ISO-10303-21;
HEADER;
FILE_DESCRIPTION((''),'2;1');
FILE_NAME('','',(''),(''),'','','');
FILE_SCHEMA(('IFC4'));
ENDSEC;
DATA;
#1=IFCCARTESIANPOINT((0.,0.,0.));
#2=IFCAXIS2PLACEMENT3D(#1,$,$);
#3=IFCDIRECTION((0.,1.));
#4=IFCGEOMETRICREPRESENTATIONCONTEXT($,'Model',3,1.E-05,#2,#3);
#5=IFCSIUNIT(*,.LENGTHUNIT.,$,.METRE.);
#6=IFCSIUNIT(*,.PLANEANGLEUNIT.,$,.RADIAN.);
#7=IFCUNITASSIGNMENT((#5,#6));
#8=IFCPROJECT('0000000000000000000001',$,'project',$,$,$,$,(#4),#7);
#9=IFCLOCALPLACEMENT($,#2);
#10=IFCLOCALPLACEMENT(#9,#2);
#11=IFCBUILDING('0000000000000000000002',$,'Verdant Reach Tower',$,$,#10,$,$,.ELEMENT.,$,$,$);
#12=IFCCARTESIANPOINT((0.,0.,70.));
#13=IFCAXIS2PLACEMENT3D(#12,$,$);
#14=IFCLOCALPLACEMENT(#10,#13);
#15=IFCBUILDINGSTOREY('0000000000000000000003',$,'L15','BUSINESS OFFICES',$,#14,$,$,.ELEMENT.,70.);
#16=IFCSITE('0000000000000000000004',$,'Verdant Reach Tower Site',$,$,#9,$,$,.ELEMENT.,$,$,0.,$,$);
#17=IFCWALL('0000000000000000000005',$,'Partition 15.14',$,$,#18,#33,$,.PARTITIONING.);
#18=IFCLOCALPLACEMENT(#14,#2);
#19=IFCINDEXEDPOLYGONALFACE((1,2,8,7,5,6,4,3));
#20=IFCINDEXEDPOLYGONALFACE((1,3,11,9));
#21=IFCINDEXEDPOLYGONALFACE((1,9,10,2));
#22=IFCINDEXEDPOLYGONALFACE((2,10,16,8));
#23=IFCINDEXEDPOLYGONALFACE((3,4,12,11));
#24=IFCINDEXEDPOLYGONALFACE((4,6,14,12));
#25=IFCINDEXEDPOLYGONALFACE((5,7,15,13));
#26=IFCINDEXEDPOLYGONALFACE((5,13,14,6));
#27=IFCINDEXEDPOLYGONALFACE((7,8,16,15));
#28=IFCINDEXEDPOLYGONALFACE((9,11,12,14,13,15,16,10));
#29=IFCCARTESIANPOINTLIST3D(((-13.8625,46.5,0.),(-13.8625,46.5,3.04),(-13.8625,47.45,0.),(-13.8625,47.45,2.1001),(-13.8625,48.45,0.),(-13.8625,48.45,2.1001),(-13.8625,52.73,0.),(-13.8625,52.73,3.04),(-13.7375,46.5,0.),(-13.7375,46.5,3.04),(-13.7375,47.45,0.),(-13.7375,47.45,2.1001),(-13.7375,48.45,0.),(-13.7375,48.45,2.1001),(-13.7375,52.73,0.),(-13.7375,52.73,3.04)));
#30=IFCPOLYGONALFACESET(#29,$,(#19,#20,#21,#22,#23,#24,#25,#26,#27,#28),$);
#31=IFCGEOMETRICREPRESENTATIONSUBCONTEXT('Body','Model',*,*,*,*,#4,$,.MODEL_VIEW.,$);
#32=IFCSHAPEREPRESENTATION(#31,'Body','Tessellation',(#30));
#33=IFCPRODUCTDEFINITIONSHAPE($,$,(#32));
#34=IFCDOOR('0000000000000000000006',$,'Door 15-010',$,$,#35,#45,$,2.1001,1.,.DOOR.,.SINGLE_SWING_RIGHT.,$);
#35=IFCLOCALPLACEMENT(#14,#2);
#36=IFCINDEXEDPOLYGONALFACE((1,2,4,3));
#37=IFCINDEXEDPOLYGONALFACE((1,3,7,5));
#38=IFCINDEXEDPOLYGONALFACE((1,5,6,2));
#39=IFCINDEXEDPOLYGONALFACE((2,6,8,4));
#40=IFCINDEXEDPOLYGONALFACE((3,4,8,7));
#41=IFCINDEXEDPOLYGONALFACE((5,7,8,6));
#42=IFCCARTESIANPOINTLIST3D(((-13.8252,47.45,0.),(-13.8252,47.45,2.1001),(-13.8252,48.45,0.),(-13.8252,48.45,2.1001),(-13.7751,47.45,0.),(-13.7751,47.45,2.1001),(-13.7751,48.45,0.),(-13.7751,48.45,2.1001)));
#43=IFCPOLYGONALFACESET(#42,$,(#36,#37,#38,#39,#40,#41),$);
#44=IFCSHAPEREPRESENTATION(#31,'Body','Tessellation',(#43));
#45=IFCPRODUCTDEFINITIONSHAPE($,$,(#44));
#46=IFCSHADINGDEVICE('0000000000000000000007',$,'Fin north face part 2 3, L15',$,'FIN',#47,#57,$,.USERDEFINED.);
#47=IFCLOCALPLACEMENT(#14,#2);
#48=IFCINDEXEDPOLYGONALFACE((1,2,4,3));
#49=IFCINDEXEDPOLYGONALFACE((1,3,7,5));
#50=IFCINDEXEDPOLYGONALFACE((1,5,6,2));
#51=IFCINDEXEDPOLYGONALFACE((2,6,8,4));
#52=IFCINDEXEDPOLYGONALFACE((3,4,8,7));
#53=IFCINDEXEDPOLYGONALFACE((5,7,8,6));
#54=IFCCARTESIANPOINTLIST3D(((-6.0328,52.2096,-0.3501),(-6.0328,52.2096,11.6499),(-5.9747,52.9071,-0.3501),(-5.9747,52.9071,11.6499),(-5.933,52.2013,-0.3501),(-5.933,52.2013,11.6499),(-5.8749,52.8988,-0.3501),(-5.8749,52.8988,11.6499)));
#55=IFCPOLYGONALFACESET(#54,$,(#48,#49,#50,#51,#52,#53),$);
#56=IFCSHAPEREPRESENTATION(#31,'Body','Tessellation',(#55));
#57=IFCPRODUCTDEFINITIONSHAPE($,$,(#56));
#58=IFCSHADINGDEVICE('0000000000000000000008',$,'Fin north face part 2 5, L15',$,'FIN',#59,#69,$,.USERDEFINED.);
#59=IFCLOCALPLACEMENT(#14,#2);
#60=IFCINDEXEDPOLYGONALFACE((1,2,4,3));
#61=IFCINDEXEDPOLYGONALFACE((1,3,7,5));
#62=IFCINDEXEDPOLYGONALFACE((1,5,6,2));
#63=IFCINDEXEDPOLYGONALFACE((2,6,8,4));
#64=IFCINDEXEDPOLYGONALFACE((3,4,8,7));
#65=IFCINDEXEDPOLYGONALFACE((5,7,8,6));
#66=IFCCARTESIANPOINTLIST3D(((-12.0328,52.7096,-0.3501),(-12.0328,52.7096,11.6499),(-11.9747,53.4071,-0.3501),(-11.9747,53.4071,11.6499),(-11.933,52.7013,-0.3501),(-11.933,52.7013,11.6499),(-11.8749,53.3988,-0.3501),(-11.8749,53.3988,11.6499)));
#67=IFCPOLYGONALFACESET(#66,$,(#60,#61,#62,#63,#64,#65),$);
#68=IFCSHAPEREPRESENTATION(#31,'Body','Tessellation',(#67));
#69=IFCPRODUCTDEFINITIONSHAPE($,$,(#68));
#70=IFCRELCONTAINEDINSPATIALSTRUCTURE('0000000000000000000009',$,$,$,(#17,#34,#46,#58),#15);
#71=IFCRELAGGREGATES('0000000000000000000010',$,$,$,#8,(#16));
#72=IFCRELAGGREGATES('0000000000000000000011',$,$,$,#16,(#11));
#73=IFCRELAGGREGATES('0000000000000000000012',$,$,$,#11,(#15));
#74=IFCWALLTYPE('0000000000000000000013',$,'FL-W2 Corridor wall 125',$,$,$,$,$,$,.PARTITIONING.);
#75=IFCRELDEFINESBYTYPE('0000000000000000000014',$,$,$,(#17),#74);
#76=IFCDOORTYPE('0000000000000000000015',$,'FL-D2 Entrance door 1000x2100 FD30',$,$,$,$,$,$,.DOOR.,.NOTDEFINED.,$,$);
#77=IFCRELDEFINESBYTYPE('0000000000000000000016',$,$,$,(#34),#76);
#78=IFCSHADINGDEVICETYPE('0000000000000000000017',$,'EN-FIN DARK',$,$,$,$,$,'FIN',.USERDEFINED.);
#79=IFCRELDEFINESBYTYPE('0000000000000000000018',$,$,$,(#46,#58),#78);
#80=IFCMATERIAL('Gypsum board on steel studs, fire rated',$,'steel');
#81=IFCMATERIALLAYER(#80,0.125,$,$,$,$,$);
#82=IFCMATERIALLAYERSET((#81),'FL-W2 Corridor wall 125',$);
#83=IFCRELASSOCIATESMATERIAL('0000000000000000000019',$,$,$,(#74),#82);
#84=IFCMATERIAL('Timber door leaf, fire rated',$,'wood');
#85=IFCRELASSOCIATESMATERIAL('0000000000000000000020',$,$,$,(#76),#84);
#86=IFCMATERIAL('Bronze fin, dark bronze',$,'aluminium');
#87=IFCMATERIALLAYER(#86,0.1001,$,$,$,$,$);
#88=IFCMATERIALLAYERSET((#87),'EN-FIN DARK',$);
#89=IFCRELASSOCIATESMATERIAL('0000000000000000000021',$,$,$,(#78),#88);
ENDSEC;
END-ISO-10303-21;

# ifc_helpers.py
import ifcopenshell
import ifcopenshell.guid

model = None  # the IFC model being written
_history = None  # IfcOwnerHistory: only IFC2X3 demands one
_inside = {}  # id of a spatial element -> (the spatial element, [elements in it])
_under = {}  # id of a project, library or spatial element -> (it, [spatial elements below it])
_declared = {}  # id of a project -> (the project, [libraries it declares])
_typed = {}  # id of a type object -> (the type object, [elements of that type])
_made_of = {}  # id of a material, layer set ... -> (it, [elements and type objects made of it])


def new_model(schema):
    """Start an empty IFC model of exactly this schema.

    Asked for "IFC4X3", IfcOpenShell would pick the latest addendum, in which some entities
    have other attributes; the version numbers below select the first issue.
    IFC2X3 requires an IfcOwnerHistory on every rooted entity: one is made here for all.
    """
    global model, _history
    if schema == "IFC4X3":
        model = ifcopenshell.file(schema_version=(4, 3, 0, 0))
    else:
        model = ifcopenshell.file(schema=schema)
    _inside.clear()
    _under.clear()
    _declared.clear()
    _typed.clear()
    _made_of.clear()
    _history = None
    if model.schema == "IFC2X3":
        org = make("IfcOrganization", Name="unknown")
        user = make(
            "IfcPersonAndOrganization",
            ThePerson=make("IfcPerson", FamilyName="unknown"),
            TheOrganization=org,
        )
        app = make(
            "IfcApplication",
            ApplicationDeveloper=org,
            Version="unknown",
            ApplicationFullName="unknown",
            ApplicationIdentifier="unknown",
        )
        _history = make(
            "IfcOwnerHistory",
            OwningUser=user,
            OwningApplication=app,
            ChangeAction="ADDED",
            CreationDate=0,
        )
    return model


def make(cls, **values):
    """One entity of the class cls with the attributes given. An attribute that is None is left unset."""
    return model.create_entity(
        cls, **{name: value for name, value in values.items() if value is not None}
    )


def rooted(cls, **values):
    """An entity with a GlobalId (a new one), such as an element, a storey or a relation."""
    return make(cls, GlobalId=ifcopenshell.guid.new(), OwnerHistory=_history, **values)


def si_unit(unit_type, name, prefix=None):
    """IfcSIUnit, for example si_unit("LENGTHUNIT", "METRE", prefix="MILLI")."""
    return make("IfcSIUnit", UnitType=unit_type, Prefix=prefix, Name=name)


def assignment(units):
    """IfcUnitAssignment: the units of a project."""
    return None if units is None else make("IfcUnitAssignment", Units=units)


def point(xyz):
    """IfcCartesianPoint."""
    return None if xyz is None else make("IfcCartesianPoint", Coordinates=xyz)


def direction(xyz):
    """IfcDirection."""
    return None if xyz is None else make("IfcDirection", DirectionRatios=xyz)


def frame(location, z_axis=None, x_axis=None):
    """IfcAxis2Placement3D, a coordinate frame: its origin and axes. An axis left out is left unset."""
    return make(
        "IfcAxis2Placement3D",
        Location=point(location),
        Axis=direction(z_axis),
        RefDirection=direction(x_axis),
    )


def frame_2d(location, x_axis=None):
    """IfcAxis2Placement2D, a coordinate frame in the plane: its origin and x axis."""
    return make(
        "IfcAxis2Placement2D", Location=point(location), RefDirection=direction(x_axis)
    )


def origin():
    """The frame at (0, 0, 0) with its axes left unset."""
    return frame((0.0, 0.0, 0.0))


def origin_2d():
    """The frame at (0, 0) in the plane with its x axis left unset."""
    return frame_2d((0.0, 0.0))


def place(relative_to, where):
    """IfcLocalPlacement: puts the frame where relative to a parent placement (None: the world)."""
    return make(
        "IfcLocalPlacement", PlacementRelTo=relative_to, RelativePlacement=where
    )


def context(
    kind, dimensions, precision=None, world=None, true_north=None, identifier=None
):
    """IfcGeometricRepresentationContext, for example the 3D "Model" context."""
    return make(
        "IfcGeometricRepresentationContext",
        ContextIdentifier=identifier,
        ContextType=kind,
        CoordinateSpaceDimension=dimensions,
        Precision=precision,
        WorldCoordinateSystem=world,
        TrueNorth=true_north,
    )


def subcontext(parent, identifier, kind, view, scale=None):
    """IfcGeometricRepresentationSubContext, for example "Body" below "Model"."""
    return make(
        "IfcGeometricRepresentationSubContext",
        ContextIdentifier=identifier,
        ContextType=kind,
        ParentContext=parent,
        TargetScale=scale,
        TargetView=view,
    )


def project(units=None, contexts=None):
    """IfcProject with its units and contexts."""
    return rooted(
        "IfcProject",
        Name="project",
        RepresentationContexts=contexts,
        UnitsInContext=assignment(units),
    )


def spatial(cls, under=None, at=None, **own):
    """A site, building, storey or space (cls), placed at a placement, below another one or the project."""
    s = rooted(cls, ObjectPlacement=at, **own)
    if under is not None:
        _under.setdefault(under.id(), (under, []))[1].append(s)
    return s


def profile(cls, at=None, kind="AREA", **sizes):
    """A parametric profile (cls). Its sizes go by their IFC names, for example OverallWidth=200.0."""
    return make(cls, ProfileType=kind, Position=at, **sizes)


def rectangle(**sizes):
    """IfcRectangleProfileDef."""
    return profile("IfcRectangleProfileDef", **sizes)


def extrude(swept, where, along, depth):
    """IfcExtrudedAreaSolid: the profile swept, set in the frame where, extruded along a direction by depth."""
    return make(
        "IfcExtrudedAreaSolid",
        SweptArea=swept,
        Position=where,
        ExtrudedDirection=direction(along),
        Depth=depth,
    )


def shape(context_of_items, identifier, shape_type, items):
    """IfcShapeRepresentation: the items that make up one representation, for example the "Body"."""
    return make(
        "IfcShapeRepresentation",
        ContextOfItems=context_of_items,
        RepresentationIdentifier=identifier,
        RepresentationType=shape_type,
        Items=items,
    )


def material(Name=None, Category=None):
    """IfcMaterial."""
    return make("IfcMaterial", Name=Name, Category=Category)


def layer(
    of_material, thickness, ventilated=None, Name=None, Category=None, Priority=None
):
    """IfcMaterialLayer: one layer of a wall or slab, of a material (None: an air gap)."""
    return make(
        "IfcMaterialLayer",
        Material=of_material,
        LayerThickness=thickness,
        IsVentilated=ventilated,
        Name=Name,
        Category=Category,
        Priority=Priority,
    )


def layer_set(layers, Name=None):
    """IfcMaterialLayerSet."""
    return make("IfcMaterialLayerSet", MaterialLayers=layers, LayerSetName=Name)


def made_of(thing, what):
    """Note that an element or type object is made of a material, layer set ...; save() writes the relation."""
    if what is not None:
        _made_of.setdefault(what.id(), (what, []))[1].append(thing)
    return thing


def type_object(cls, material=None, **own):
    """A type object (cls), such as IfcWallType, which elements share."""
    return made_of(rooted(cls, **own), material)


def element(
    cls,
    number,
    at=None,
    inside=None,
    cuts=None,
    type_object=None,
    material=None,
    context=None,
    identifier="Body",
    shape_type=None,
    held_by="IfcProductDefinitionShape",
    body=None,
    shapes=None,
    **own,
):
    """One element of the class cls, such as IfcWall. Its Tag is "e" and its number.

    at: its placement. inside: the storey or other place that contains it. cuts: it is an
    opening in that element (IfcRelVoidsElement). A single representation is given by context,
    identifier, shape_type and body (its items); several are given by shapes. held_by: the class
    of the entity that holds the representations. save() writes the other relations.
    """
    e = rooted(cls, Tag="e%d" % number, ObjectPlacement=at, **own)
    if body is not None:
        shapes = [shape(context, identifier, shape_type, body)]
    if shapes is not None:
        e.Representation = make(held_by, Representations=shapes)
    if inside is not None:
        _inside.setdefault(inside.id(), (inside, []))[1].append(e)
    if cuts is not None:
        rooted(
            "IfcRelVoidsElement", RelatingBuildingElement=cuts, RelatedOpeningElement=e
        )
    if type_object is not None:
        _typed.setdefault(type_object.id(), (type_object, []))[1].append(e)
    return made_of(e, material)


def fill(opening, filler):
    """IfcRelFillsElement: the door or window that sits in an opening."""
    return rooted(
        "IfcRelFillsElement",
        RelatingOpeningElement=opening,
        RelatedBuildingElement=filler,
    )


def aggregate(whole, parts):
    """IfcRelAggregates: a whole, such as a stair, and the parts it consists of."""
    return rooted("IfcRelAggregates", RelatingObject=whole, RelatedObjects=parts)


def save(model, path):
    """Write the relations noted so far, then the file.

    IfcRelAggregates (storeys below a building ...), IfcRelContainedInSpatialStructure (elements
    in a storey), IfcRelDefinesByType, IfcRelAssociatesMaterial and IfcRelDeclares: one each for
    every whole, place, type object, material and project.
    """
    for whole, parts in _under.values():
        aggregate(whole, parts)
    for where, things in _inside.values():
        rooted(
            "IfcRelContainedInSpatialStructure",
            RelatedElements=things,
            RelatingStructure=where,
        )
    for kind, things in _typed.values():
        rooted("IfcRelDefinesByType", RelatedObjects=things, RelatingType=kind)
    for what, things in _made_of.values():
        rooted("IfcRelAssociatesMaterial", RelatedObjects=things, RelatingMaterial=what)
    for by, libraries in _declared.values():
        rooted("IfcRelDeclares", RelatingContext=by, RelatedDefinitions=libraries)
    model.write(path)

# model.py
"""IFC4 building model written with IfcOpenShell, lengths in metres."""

from ifc_helpers import new_model, si_unit, direction, frame, frame_2d, origin, origin_2d, place, context, subcontext, project, spatial, rectangle, extrude, material, layer, layer_set, type_object, element, fill, save


model = new_model("IFC4")

# Units and contexts
model_context = context("Model", 3, precision=1e-05, world=origin(), true_north=direction((0.0, 1.0)))
body_context = subcontext(model_context, "Body", "Model", "MODEL_VIEW")
ifc_project = project(units=[si_unit("LENGTHUNIT", "METRE"), si_unit("PLANEANGLEUNIT", "RADIAN")], contexts=[model_context])

# Site, building, storey
site_placement = place(None, origin())
site = spatial("IfcSite", under=ifc_project, at=site_placement, Name="Verdant Reach Tower Site", CompositionType="ELEMENT", RefElevation=0.0)
building_placement = place(site_placement, origin())
building = spatial("IfcBuilding", under=site, at=building_placement, Name="Verdant Reach Tower", CompositionType="ELEMENT")
storey_placement = place(building_placement, frame((0.0, 0.0, 70.0)))
storey = spatial("IfcBuildingStorey", under=building, at=storey_placement, Name="L15", Description="BUSINESS OFFICES", CompositionType="ELEMENT", Elevation=70.0)

# Shared definitions
ifc_material_1 = material(Name="Gypsum board on steel studs, fire rated", Category="steel")
ifc_layer_1 = layer(ifc_material_1, 0.125)
ifc_layer_set_1 = layer_set([ifc_layer_1], Name="FL-W2 Corridor wall 125")
wall_type_1 = type_object("IfcWallType", Name="FL-W2 Corridor wall 125", PredefinedType="PARTITIONING", material=ifc_layer_set_1)

# Wall, opening, door
wall_1_placement = place(storey_placement, frame((-13.8, 52.73, 0.0), z_axis=(0.0, 0.0, 1.0), x_axis=(0.0, -1.0, 0.0)))
wall_1 = element("IfcWall", 1, at=wall_1_placement, inside=storey, type_object=wall_type_1, Name="Partition 15.14", PredefinedType="PARTITIONING", context=body_context, shape_type="SweptSolid", body=[
    extrude(rectangle(XDim=6.23, YDim=0.125, at=frame_2d((3.115, 0.0))), origin(), (0.0, 0.0, 1.0), 3.04),
])
opening_1_placement = place(wall_1_placement, frame((4.28, 0.0, 0.0)))
opening_1 = element("IfcOpeningElement", 2, at=opening_1_placement, cuts=wall_1, PredefinedType="OPENING", context=body_context, shape_type="SweptSolid", body=[
    extrude(rectangle(XDim=1.0, YDim=2.1001, at=frame_2d((0.5, 1.05))), frame((0.0, 0.0725, 0.0), z_axis=(0.0, -1.0, 0.0), x_axis=(1.0, 0.0, 0.0)), (0.0, 0.0, 1.0), 0.145),
])
ifc_material_2 = material(Name="Timber door leaf, fire rated", Category="wood")
door_type_1 = type_object("IfcDoorType", Name="FL-D2 Entrance door 1000x2100 FD30", OperationType="NOTDEFINED", PredefinedType="DOOR", material=ifc_material_2)
door_1_placement = place(opening_1_placement, origin())
door_1 = element("IfcDoor", 3, at=door_1_placement, inside=storey, type_object=door_type_1, Name="Door 15-010", OperationType="SINGLE_SWING_RIGHT", OverallHeight=2.1001, OverallWidth=1.0, PredefinedType="DOOR", context=body_context, shape_type="SweptSolid", body=[
    extrude(rectangle(XDim=1.0, YDim=2.1001, at=frame_2d((0.5, 1.05))), frame((0.0, 0.0249, 0.0), z_axis=(0.0, -1.0, 0.0), x_axis=(1.0, 0.0, 0.0)), (0.0, 0.0, 1.0), 0.05),
])
fill(opening_1, door_1)

# Shading devices
ifc_material_3 = material(Name="Bronze fin, dark bronze", Category="aluminium")
ifc_layer_2 = layer(ifc_material_3, 0.1001)
ifc_layer_set_2 = layer_set([ifc_layer_2], Name="EN-FIN DARK")
shading_device_type = type_object("IfcShadingDeviceType", Name="EN-FIN DARK", ElementType="FIN", PredefinedType="USERDEFINED", material=ifc_layer_set_2)
for number, where, z_axis, x_axis, name in (
    (4, (-5.9539, 52.5542, -0.3501), (0.0, 0.0, 1.0), (-0.996546, 0.083045, 0.0), "Fin north face part 2 3, L15"),
    (5, (-11.9539, 53.0542, -0.3501), (0.0, 0.0, 1.0), (-0.996546, 0.083045, 0.0), "Fin north face part 2 5, L15"),
):
    element("IfcShadingDevice", number, at=place(storey_placement, frame(where, z_axis=z_axis, x_axis=x_axis)), inside=storey, type_object=shading_device_type, Name=name, ObjectType="FIN", PredefinedType="USERDEFINED", context=body_context, shape_type="SweptSolid", body=[
        extrude(rectangle(XDim=0.1001, YDim=0.7, at=origin_2d()), origin(), (0.0, 0.0, 1.0), 12.0),
    ])

save(model, "model.ifc")
